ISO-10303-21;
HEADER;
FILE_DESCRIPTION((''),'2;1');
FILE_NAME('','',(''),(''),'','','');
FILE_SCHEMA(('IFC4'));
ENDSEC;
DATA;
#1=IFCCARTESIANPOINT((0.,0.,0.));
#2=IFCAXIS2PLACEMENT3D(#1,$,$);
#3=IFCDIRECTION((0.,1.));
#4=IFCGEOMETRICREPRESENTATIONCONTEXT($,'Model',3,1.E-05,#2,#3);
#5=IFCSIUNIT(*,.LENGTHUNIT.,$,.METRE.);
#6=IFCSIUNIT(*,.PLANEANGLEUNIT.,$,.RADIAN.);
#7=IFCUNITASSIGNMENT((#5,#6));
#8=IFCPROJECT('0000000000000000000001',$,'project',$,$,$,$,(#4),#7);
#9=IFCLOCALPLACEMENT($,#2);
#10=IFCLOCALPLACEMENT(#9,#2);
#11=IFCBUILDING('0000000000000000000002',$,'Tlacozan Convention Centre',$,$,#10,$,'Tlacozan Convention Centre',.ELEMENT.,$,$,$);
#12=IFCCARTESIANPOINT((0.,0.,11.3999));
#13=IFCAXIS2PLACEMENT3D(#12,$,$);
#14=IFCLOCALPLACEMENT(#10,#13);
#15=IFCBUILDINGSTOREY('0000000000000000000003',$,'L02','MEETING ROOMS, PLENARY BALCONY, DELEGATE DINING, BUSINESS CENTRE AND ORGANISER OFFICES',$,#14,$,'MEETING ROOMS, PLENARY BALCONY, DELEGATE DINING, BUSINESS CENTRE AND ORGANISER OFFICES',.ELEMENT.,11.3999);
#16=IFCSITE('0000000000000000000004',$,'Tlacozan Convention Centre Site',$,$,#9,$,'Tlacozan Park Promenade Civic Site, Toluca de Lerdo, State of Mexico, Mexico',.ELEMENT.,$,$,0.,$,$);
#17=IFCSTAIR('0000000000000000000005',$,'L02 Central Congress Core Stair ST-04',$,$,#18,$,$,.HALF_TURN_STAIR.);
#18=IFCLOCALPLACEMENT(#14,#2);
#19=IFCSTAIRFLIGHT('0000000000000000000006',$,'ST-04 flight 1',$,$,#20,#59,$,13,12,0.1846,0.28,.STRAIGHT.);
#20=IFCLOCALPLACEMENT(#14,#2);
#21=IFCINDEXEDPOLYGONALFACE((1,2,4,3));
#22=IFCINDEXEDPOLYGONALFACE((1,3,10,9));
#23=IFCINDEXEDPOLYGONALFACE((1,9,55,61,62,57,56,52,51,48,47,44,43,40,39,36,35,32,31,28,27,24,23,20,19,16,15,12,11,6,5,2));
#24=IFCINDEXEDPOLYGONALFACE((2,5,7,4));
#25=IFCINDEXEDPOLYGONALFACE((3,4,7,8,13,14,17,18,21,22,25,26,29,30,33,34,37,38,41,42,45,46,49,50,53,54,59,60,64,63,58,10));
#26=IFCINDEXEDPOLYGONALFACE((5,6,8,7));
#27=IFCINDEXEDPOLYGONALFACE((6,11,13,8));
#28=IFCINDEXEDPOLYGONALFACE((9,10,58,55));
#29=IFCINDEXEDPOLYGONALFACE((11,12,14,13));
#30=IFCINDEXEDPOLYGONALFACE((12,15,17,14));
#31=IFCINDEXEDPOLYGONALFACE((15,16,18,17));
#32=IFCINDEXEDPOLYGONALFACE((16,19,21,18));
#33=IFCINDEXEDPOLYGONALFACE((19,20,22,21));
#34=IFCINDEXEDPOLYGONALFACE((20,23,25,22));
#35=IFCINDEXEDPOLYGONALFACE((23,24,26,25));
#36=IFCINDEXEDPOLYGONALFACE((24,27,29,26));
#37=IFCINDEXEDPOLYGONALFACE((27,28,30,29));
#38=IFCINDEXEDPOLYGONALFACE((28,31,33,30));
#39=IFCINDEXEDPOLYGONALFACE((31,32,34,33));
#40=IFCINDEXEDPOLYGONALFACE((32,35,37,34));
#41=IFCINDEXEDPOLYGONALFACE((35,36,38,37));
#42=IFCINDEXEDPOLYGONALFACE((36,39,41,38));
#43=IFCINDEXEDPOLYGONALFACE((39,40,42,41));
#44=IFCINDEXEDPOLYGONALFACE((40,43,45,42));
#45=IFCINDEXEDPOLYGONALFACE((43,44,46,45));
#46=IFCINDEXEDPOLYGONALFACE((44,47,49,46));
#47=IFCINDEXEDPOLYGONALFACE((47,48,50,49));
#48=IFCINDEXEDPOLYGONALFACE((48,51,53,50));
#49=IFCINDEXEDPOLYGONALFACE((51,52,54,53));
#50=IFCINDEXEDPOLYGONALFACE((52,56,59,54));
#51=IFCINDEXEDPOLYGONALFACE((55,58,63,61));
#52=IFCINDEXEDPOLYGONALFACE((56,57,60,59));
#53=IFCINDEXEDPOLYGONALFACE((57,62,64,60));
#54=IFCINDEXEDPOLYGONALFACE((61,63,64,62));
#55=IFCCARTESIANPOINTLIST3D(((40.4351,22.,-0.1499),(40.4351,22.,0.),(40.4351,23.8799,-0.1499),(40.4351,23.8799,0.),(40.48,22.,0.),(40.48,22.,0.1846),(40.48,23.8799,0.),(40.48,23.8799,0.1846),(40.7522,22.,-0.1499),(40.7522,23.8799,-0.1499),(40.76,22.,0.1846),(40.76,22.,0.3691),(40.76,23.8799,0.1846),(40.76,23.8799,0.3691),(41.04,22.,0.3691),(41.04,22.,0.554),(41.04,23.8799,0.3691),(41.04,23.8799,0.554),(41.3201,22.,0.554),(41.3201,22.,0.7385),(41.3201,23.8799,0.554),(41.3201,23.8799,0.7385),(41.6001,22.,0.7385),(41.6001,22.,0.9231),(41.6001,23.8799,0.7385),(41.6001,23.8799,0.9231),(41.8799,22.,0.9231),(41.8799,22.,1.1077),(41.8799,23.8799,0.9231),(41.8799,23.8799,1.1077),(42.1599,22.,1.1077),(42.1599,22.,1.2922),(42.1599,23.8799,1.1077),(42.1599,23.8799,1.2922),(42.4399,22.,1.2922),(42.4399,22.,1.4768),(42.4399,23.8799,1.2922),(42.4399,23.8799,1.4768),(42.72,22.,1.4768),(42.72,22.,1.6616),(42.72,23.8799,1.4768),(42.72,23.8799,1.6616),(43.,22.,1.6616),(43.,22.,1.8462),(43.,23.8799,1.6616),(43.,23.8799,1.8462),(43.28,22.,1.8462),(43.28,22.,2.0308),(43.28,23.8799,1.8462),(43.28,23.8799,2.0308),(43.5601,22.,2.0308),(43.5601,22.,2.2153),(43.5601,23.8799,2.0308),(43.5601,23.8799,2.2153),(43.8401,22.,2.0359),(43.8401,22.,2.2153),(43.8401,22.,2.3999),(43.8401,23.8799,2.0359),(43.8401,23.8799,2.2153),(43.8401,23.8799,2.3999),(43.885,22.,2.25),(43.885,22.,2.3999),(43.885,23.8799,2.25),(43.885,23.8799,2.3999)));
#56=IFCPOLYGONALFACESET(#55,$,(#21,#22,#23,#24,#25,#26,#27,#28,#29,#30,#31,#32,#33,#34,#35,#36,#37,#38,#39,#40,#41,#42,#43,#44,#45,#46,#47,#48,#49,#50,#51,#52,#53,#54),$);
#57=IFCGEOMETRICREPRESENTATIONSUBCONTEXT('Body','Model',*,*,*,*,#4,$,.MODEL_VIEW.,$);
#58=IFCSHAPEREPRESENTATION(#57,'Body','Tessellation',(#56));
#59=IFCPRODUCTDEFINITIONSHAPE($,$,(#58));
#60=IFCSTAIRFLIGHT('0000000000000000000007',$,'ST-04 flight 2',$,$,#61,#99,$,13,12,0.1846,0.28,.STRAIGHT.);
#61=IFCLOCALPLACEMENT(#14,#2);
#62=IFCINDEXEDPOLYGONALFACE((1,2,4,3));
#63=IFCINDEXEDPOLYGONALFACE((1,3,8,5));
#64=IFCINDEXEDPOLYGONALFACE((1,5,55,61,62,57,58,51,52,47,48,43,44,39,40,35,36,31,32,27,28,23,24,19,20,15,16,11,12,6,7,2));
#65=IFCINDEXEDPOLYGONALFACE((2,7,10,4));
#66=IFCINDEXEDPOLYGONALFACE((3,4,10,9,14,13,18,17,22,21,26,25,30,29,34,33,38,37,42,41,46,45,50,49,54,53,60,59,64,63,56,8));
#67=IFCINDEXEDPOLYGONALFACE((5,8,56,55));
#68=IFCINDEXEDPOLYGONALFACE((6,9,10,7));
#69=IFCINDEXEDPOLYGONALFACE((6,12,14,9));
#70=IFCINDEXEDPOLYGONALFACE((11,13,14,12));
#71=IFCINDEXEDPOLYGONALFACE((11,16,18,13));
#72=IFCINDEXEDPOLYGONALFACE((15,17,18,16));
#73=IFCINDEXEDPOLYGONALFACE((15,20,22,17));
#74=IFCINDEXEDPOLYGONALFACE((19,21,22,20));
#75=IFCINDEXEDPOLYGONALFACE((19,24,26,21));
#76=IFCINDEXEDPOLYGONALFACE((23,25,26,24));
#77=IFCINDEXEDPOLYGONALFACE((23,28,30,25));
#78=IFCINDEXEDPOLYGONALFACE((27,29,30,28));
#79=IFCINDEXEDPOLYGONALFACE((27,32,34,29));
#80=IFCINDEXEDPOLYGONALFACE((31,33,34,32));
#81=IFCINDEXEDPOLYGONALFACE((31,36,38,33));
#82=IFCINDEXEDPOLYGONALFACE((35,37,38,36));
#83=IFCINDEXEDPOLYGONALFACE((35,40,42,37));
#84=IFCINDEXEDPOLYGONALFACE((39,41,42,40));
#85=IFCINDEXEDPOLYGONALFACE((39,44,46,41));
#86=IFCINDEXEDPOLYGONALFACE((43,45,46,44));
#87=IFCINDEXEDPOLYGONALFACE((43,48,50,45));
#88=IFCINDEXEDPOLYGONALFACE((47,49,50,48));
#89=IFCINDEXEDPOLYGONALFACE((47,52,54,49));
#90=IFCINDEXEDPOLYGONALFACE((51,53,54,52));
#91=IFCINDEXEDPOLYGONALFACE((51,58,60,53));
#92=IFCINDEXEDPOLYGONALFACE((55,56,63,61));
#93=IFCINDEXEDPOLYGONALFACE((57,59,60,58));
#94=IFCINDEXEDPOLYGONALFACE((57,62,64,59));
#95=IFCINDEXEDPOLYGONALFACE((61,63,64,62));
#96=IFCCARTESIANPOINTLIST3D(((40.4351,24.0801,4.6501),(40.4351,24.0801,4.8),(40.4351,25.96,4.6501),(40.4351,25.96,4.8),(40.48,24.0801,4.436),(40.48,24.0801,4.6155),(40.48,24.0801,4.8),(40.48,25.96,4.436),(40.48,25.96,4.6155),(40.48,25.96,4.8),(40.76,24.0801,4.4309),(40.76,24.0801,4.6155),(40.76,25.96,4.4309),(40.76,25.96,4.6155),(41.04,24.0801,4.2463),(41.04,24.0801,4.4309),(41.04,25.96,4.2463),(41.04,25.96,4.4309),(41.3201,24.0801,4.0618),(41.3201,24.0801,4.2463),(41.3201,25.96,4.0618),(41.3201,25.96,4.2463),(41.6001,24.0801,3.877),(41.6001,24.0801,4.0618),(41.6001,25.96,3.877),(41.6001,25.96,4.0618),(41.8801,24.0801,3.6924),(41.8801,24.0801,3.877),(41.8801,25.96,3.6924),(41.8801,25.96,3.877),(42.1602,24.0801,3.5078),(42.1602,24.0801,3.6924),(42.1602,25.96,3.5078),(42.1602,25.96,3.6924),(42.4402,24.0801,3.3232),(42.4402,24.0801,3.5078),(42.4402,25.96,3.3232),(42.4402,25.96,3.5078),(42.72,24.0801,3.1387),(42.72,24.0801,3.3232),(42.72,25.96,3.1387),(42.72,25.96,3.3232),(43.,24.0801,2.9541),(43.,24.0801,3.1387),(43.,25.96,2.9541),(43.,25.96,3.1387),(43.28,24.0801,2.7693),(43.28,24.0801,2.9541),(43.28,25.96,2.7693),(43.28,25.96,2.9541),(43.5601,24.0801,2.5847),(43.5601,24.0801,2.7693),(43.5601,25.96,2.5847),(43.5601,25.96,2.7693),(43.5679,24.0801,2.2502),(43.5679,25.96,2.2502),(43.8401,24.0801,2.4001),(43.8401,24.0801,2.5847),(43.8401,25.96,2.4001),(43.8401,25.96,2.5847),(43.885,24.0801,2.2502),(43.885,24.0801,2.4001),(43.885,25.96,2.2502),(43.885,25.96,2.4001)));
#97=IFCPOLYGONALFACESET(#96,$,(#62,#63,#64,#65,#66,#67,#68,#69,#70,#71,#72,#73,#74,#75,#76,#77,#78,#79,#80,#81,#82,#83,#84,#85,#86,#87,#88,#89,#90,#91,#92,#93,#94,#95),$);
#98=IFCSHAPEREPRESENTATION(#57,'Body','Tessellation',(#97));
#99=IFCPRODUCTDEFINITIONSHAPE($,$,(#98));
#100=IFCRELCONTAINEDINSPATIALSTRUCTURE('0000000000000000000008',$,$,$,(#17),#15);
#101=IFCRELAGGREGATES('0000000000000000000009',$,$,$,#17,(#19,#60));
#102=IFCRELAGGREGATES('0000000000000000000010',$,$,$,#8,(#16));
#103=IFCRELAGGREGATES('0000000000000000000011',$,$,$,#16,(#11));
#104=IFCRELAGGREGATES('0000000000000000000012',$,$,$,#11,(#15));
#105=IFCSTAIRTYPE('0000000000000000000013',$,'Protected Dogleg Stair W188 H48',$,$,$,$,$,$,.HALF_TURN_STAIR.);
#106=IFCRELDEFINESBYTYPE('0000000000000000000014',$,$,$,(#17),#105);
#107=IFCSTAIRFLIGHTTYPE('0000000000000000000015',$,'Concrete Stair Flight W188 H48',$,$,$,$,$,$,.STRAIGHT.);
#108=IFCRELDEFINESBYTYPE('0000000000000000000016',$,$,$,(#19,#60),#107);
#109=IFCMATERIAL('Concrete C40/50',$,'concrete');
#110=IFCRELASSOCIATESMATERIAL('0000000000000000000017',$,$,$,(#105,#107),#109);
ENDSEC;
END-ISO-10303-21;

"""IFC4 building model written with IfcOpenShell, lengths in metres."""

from ifc_helpers import new_model, si_unit, direction, frame, origin, place, context, subcontext, project, spatial, polyline, outline, extrude, material, type_object, element, aggregate, save


model = new_model("IFC4")

# Units and contexts
model_context = context("Model", 3, precision=1e-05, world=origin(), true_north=direction((0.0, 1.0)))
body_context = subcontext(model_context, "Body", "Model", "MODEL_VIEW")
ifc_project = project(units=[si_unit("LENGTHUNIT", "METRE"), si_unit("PLANEANGLEUNIT", "RADIAN")], contexts=[model_context])

# Site, building, storey
site_placement = place(None, origin())
site = spatial("IfcSite", under=ifc_project, at=site_placement, Name="Tlacozan Convention Centre Site", LongName="Tlacozan Park Promenade Civic Site, Toluca de Lerdo, State of Mexico, Mexico", CompositionType="ELEMENT", RefElevation=0.0)
building_placement = place(site_placement, origin())
building = spatial("IfcBuilding", under=site, at=building_placement, Name="Tlacozan Convention Centre", LongName="Tlacozan Convention Centre", CompositionType="ELEMENT")
storey_placement = place(building_placement, frame((0.0, 0.0, 11.3999)))
storey = spatial("IfcBuildingStorey", under=building, at=storey_placement, Name="L02", Description="MEETING ROOMS, PLENARY BALCONY, DELEGATE DINING, BUSINESS CENTRE AND ORGANISER OFFICES", LongName="MEETING ROOMS, PLENARY BALCONY, DELEGATE DINING, BUSINESS CENTRE AND ORGANISER OFFICES", CompositionType="ELEMENT", Elevation=11.3999)

# Shared definitions
ifc_material_1 = material(Name="Concrete C40/50", Category="concrete")

# Stair, stair flights
stair_type = type_object("IfcStairType", Name="Protected Dogleg Stair W188 H48", PredefinedType="HALF_TURN_STAIR", material=ifc_material_1)
stair_placement = place(storey_placement, origin())
stair = element("IfcStair", 1, at=stair_placement, inside=storey, type_object=stair_type, Name="L02 Central Congress Core Stair ST-04", PredefinedType="HALF_TURN_STAIR")
stair_flight_type = type_object("IfcStairFlightType", Name="Concrete Stair Flight W188 H48", PredefinedType="STRAIGHT", material=ifc_material_1)
stair_flight_1_placement = place(storey_placement, frame((40.48, 22.9399, 0.0), z_axis=(0.0, 0.0, 1.0), x_axis=(1.0, 0.0, 0.0)))
stair_flight_1 = element("IfcStairFlight", 2, at=stair_flight_1_placement, type_object=stair_flight_type, Name="ST-04 flight 1", NumberOfRisers=13, NumberOfTreads=12, PredefinedType="STRAIGHT", RiserHeight=0.1846, TreadLength=0.28, context=body_context, shape_type="SweptSolid", body=[
    extrude(outline(polyline([(-0.0449, -0.1499), (-0.0449, 0.0), (0.0, 0.0), (0.0, 0.1846), (0.28, 0.1846), (0.28, 0.3691), (0.5601, 0.3691), (0.5601, 0.554), (0.8401, 0.554), (0.8401, 0.7385), (1.1201, 0.7385), (1.1201, 0.9231), (1.3999, 0.9231), (1.3999, 1.1077), (1.6799, 1.1077), (1.6799, 1.2922), (1.96, 1.2922), (1.96, 1.4768), (2.24, 1.4768), (2.24, 1.6616), (2.52, 1.6616), (2.52, 1.8462), (2.8, 1.8462), (2.8, 2.0308), (3.0801, 2.0308), (3.0801, 2.2153), (3.3601, 2.2153), (3.3601, 2.3999), (3.405, 2.3999), (3.405, 2.25), (3.3601, 2.0359), (0.2722, -0.1499), (-0.0449, -0.1499)])), frame((0.0, 0.9399, 0.0), z_axis=(0.0, -1.0, 0.0), x_axis=(1.0, 0.0, 0.0)), (0.0, 0.0, 1.0), 1.8799),
])
stair_flight_2_placement = place(storey_placement, frame((43.8401, 25.02, 2.4001), z_axis=(0.0, 0.0, 1.0), x_axis=(-1.0, 0.0, 0.0)))
stair_flight_2 = element("IfcStairFlight", 3, at=stair_flight_2_placement, type_object=stair_flight_type, Name="ST-04 flight 2", NumberOfRisers=13, NumberOfTreads=12, PredefinedType="STRAIGHT", RiserHeight=0.1846, TreadLength=0.28, context=body_context, shape_type="SweptSolid", body=[
    extrude(outline(polyline([(-0.0449, -0.1499), (-0.0449, 0.0), (0.0, 0.0), (0.0, 0.1846), (0.28, 0.1846), (0.28, 0.3691), (0.5601, 0.3691), (0.5601, 0.554), (0.8401, 0.554), (0.8401, 0.7385), (1.1201, 0.7385), (1.1201, 0.9231), (1.3999, 0.9231), (1.3999, 1.1077), (1.6799, 1.1077), (1.6799, 1.2922), (1.96, 1.2922), (1.96, 1.4768), (2.24, 1.4768), (2.24, 1.6616), (2.52, 1.6616), (2.52, 1.8462), (2.8, 1.8462), (2.8, 2.0308), (3.0801, 2.0308), (3.0801, 2.2153), (3.3601, 2.2153), (3.3601, 2.3999), (3.405, 2.3999), (3.405, 2.25), (3.3601, 2.0359), (0.2722, -0.1499), (-0.0449, -0.1499)])), frame((0.0, 0.9399, 0.0), z_axis=(0.0, -1.0, 0.0), x_axis=(1.0, 0.0, 0.0)), (0.0, 0.0, 1.0), 1.8799),
])
aggregate(stair, [stair_flight_1, stair_flight_2])

save(model, "model.ifc")
